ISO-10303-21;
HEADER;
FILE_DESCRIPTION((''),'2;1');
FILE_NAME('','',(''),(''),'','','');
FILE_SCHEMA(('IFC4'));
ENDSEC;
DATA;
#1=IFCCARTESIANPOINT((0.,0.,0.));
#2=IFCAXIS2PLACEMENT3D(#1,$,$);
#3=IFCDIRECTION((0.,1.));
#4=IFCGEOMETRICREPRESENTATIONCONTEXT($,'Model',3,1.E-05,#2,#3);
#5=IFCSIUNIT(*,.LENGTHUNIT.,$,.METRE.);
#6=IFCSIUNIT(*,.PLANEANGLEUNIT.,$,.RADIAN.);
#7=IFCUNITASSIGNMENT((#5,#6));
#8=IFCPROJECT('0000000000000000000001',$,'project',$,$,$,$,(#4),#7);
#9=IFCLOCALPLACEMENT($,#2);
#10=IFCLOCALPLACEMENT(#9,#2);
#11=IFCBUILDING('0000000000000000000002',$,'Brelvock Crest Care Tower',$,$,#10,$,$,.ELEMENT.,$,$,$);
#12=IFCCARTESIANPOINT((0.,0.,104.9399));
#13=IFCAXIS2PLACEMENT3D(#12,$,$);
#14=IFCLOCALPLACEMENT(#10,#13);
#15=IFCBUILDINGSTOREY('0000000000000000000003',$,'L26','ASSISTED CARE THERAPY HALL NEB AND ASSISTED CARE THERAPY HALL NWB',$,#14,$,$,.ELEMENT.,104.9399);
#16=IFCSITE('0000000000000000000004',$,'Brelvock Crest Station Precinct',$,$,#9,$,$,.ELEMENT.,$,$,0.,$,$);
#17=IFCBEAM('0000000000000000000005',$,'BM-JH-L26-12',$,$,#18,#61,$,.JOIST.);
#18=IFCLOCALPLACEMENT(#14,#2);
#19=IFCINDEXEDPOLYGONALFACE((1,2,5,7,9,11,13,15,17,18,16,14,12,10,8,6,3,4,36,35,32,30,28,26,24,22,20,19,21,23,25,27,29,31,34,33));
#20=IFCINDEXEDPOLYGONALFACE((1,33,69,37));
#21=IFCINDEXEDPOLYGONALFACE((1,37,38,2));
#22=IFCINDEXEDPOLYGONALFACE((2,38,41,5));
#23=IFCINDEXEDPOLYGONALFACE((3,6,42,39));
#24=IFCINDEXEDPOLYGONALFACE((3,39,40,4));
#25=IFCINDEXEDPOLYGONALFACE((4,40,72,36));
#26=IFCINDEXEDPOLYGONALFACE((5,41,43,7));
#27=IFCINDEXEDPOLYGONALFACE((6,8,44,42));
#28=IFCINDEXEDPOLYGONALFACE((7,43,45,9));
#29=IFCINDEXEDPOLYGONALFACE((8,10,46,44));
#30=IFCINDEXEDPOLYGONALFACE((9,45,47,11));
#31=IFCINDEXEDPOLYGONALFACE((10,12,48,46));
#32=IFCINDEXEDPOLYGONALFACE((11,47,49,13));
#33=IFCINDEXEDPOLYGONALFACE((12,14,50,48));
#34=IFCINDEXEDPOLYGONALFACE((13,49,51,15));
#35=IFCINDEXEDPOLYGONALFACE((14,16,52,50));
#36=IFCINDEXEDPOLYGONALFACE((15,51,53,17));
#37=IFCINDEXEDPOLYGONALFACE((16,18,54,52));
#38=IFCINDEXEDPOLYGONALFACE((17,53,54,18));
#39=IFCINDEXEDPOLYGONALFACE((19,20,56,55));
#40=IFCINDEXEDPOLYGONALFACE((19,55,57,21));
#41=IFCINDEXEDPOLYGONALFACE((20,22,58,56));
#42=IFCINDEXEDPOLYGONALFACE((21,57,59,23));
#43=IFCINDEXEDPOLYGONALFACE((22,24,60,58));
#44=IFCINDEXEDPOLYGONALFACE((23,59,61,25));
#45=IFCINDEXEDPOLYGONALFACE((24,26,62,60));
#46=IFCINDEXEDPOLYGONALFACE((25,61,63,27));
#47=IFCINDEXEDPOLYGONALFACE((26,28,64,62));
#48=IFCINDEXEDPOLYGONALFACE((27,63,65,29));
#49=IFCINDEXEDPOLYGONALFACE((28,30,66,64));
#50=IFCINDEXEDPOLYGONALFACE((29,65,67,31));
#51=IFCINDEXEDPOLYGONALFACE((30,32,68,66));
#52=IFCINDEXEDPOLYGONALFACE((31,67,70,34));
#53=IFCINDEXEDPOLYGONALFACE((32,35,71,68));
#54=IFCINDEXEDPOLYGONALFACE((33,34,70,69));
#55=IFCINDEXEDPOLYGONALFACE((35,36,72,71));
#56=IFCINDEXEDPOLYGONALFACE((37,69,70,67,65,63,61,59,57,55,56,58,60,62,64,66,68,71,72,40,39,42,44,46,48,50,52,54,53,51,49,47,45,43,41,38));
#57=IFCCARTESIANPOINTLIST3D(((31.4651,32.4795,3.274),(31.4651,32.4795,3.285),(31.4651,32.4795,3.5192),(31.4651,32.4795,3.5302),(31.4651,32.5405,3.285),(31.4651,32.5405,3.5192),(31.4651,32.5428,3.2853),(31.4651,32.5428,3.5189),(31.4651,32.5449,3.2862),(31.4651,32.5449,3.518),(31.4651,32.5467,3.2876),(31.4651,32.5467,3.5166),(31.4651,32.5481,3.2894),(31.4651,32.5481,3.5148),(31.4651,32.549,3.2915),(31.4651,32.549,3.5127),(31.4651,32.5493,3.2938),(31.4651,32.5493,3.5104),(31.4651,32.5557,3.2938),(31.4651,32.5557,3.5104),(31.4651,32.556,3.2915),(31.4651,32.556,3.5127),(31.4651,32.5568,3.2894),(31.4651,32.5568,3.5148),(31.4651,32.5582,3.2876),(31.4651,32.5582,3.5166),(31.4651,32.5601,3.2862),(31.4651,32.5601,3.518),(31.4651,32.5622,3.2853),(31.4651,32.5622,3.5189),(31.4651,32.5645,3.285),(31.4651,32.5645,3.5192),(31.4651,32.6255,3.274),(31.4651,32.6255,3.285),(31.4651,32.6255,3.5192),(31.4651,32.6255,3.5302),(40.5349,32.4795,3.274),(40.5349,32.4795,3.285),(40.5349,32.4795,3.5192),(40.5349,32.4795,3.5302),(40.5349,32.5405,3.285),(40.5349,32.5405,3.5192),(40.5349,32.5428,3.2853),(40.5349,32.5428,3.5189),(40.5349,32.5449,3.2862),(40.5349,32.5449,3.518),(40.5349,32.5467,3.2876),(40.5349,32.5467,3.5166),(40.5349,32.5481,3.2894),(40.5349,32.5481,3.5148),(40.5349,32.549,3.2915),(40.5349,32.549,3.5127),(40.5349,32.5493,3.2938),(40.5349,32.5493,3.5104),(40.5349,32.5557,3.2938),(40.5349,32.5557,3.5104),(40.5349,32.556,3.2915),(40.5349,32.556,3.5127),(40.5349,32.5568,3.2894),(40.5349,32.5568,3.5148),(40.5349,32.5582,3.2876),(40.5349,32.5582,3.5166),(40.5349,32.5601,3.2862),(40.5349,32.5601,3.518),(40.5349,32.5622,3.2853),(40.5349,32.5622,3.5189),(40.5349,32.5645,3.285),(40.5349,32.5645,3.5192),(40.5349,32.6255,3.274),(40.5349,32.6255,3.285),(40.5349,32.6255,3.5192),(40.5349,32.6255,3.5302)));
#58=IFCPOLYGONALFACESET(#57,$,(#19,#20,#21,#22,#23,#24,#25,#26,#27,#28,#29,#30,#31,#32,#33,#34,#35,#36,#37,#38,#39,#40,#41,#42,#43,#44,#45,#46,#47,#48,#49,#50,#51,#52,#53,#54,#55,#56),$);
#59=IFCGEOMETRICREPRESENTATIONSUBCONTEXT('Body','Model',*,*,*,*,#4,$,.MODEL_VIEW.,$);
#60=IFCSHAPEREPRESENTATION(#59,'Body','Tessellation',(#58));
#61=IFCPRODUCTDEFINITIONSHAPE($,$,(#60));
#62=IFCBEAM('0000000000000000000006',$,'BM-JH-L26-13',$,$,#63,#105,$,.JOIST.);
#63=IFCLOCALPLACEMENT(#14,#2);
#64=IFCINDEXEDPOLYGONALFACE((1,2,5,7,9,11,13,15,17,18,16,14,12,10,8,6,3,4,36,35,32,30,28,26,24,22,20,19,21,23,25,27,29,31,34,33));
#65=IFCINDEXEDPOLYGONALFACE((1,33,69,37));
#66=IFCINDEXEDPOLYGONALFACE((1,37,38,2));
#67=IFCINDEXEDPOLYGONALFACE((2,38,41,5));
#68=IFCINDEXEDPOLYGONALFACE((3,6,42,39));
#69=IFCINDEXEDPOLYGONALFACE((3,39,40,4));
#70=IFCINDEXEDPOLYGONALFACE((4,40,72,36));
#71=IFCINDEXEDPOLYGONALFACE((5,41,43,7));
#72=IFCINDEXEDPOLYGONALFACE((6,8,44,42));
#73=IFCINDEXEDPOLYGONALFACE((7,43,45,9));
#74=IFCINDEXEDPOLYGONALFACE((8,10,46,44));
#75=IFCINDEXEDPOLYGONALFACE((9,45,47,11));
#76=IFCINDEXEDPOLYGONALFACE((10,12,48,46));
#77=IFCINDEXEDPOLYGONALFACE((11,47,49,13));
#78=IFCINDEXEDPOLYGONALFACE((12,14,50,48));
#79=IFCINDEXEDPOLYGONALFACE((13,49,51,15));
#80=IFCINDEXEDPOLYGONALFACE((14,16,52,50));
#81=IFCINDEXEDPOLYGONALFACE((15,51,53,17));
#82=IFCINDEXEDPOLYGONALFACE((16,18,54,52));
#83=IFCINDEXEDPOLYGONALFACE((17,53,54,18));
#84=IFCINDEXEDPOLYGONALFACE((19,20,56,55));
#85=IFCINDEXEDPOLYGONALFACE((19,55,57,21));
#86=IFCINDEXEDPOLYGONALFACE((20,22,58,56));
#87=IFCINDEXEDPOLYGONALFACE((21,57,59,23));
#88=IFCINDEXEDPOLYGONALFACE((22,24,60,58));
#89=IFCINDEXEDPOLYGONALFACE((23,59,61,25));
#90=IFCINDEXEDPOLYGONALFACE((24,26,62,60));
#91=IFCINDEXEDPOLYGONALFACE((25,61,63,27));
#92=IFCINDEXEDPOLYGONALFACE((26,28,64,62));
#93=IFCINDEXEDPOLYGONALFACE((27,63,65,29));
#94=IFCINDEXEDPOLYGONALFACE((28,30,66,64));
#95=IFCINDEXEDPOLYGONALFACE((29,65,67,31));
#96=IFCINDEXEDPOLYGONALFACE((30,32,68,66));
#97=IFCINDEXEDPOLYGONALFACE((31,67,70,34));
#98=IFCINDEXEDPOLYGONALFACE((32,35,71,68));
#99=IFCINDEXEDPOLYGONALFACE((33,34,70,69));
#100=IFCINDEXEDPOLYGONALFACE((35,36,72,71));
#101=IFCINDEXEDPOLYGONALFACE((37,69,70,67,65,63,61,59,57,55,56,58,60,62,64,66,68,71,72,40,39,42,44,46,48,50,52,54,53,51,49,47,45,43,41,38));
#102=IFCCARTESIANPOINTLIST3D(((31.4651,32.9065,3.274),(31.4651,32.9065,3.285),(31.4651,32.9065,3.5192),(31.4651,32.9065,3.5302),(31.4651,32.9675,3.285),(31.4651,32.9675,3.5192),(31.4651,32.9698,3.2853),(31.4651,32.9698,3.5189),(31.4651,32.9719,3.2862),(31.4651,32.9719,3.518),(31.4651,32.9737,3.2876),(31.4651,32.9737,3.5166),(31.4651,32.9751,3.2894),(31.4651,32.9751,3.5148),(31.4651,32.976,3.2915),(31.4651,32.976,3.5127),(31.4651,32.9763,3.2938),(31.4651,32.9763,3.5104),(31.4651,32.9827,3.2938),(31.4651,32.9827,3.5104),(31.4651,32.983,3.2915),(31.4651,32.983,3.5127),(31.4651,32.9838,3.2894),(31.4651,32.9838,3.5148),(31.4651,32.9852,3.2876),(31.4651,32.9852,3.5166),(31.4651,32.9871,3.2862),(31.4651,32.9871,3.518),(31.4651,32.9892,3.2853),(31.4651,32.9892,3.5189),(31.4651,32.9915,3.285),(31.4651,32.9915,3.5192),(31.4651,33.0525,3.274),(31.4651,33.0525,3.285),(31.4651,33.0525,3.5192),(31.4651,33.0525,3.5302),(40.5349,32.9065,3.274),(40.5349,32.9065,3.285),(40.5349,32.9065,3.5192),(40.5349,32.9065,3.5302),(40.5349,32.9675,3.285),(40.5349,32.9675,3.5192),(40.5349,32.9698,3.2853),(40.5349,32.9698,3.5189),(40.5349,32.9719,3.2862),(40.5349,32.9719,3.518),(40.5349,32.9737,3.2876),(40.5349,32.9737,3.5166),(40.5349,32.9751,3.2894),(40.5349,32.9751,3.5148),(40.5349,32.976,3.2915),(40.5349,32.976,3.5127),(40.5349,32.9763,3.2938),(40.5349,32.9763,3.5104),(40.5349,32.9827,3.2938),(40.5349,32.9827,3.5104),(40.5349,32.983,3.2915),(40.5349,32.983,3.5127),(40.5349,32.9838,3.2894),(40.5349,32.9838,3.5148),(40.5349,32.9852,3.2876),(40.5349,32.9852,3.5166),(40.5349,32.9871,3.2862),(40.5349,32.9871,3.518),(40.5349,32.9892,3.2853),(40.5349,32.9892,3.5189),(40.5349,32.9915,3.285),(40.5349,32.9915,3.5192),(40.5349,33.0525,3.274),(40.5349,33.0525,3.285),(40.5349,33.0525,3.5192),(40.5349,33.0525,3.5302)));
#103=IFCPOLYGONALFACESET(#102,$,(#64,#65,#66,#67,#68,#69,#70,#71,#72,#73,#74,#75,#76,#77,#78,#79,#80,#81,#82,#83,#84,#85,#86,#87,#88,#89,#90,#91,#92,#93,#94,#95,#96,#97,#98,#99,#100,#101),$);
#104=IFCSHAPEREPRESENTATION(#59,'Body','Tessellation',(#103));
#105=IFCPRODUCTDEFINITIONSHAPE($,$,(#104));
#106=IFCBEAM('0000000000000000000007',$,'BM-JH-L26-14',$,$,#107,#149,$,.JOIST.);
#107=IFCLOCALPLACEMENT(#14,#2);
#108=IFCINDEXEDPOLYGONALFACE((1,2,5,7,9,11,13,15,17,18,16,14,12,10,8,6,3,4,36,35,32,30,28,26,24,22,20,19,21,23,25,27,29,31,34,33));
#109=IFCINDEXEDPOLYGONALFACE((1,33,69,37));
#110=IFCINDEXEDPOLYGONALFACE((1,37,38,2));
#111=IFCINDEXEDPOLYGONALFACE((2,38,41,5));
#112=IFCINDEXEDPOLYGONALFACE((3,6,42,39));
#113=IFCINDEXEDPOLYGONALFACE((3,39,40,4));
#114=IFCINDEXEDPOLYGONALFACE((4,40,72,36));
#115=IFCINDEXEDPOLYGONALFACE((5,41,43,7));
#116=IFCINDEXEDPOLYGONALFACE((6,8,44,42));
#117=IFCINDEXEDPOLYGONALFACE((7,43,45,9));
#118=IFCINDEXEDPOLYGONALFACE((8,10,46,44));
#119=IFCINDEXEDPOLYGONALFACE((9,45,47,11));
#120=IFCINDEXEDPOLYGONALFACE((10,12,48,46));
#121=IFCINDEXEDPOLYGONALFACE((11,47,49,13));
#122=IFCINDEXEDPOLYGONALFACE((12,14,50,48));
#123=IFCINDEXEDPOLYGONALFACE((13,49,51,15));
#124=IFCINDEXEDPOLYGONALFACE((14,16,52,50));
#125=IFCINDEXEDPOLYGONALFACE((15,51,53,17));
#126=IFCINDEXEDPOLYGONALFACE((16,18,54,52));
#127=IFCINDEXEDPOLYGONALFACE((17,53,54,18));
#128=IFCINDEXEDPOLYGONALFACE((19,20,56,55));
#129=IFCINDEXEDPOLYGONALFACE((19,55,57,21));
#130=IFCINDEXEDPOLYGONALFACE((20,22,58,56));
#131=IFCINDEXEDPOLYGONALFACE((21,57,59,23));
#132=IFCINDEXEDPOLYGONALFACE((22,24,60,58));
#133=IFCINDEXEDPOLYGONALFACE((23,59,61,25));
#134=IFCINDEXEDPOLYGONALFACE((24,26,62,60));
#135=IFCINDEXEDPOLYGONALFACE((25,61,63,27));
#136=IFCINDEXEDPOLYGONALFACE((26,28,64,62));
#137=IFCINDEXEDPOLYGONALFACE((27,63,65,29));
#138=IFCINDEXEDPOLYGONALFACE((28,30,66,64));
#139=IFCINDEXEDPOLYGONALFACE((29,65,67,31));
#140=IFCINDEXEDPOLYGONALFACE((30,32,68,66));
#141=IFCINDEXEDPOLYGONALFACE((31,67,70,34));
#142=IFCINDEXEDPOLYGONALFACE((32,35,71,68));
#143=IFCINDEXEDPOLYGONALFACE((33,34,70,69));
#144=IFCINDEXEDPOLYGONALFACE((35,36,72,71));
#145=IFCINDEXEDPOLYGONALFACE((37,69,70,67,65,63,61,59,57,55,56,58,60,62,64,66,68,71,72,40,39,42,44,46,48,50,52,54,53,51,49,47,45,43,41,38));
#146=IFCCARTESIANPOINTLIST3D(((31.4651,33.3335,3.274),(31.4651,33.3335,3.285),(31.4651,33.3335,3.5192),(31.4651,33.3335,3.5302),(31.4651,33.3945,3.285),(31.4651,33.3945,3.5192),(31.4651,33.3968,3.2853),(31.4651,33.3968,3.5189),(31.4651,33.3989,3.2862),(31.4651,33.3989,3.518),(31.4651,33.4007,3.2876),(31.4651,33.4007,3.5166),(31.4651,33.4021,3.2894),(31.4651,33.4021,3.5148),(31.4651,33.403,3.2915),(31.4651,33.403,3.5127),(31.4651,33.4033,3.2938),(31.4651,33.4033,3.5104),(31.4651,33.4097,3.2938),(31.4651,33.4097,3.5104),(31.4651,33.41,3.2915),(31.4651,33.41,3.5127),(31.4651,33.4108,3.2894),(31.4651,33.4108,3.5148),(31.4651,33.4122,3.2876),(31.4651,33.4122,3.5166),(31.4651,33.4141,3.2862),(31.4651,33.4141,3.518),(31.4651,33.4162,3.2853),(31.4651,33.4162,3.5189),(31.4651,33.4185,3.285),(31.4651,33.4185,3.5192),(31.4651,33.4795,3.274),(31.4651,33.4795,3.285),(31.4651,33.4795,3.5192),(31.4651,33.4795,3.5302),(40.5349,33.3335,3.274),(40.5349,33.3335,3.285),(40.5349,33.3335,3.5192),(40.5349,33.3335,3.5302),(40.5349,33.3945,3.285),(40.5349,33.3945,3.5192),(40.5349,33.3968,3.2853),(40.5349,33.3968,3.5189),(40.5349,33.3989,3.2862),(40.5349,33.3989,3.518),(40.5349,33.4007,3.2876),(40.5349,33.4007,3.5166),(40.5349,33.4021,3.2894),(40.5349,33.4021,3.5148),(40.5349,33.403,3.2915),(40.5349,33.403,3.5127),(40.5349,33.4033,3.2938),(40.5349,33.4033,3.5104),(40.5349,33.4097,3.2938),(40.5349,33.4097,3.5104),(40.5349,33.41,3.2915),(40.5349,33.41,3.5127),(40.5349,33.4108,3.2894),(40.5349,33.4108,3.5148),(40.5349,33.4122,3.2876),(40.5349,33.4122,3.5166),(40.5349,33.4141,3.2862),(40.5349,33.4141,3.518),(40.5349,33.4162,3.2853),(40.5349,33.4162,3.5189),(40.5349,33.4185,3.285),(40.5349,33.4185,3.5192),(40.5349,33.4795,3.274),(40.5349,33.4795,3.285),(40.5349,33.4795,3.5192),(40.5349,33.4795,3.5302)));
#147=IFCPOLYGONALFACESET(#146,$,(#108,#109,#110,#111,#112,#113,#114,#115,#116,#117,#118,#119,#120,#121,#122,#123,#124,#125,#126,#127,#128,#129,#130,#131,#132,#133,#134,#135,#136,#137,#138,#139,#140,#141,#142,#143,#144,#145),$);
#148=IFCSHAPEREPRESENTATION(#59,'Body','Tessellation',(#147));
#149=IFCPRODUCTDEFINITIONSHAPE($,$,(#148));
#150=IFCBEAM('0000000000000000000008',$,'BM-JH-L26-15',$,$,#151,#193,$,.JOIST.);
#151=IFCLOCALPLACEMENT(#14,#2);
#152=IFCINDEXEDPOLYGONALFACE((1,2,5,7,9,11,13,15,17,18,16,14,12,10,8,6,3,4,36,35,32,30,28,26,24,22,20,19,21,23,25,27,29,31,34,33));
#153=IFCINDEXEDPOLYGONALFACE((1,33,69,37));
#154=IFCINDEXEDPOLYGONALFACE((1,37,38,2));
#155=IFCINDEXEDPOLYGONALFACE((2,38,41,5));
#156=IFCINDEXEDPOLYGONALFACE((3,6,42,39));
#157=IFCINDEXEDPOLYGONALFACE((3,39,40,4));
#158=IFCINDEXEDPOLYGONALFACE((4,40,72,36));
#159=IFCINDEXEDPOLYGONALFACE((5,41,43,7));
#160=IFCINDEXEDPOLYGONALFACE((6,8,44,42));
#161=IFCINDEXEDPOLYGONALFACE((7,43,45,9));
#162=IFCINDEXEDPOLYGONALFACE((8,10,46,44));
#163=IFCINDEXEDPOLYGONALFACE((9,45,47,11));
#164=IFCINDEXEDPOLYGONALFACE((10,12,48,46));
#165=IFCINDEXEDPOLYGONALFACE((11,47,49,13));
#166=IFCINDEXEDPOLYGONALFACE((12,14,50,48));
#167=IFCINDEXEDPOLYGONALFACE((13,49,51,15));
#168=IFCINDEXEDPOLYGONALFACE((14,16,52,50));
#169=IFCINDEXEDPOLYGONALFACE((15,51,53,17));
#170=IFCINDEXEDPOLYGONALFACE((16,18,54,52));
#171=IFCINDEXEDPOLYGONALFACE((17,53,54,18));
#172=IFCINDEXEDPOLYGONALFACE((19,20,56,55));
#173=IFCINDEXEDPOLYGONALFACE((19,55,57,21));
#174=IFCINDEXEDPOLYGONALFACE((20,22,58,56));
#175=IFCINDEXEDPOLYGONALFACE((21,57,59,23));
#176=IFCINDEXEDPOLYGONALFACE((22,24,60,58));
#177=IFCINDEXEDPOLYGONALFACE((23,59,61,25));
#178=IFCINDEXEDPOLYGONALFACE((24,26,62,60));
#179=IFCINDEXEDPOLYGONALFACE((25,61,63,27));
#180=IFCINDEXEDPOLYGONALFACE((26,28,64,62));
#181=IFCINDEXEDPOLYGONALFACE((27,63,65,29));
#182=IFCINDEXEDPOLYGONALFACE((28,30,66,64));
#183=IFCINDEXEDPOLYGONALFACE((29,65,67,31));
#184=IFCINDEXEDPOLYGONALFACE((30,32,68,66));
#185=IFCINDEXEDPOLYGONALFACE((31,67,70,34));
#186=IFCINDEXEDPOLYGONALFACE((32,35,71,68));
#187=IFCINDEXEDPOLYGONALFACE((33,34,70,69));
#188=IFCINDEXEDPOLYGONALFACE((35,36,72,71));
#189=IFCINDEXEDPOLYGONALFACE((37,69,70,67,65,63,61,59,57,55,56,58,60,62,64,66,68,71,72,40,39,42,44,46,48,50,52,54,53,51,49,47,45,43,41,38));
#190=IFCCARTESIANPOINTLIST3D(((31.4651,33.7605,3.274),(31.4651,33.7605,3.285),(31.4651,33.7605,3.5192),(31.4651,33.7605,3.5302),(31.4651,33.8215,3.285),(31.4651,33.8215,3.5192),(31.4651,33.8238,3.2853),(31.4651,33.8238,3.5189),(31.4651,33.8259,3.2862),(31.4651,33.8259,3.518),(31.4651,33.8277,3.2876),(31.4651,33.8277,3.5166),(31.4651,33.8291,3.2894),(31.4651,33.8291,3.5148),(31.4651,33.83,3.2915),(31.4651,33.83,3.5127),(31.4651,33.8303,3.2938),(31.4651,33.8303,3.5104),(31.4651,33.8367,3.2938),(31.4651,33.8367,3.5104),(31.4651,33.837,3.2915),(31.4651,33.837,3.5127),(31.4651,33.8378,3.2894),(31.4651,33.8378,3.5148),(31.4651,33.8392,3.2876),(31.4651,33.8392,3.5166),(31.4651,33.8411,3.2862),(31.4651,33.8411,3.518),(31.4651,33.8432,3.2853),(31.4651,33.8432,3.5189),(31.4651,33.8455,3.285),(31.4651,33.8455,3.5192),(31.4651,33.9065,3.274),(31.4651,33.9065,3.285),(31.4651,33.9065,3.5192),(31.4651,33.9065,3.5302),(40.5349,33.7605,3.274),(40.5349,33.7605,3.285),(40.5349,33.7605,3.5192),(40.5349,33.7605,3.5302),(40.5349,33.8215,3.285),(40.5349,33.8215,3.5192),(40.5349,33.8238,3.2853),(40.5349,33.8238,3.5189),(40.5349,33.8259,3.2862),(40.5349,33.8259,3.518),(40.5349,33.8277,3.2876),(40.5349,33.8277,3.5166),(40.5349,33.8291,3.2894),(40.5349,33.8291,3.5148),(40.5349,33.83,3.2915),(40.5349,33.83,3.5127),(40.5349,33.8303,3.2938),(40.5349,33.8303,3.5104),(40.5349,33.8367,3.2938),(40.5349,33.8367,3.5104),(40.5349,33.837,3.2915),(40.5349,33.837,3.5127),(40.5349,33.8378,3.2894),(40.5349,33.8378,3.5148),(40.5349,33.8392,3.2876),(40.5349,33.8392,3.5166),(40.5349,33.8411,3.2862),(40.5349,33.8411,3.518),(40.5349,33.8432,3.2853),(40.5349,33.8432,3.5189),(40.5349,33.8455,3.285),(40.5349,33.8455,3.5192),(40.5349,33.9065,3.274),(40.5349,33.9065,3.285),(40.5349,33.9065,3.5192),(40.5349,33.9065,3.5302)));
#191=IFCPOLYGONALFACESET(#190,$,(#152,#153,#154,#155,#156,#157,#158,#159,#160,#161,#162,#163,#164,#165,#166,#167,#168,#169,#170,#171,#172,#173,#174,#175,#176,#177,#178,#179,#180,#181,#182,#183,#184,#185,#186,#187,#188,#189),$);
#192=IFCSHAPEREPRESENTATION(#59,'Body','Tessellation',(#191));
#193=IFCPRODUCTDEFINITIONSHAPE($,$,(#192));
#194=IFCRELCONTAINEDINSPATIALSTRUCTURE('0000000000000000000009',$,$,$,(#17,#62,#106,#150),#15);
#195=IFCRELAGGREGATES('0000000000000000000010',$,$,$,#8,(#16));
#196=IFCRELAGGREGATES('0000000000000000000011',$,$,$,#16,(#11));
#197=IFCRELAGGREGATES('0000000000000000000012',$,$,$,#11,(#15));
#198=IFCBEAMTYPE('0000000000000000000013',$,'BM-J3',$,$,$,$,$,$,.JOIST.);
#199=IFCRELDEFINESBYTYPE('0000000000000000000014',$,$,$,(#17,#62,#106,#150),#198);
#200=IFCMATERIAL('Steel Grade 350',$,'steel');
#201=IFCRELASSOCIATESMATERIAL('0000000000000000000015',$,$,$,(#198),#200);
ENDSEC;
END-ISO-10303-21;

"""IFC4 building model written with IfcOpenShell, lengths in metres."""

from ifc_helpers import new_model, si_unit, direction, frame, origin, origin_2d, place, context, subcontext, project, spatial, i_section, extrude, source, transform, mapped, material, material_profile, profile_set, type_object, element, save


model = new_model("IFC4")

# Units and contexts
model_context = context("Model", 3, precision=1e-05, world=origin(), true_north=direction((0.0, 1.0)))
body_context = subcontext(model_context, "Body", "Model", "MODEL_VIEW")
ifc_project = project(units=[si_unit("LENGTHUNIT", "METRE"), si_unit("PLANEANGLEUNIT", "RADIAN")], contexts=[model_context])

# Site, building, storey
site_placement = place(None, origin())
site = spatial("IfcSite", under=ifc_project, at=site_placement, Name="Brelvock Crest Station Precinct", CompositionType="ELEMENT", RefElevation=0.0)
building_placement = place(site_placement, origin())
building = spatial("IfcBuilding", under=site, at=building_placement, Name="Brelvock Crest Care Tower", CompositionType="ELEMENT")
storey_placement = place(building_placement, frame((0.0, 0.0, 104.9399)))
storey = spatial("IfcBuildingStorey", under=building, at=storey_placement, Name="L26", Description="ASSISTED CARE THERAPY HALL NEB AND ASSISTED CARE THERAPY HALL NWB", CompositionType="ELEMENT", Elevation=104.9399)

# Beams
ifc_material_1 = material(Name="Steel Grade 350", Category="steel")
ifc_material_profile_1 = material_profile(ifc_material_1, i_section(OverallWidth=0.146, OverallDepth=0.2561, WebThickness=0.0063, FlangeThickness=0.011, FilletRadius=0.0088, at=origin_2d()), Name="250UB37.3")
ifc_profile_set_1 = profile_set([ifc_material_profile_1], Name="Steel Grade 350")
beam_type_1 = type_object("IfcBeamType", Name="BM-J3", PredefinedType="JOIST", material=ifc_profile_set_1)
shared_shape_1 = source(origin(), body_context, "Body", "SweptSolid", [
    extrude(i_section(OverallWidth=0.146, OverallDepth=0.2561, WebThickness=0.0063, FlangeThickness=0.011, FilletRadius=0.0088, at=origin_2d()), origin(), (0.0, 0.0, 1.0), 9.0698),
])
for number, where, z_axis, x_axis, name in (
    (1, (31.4651, 32.5525, 3.4021), (1.0, 0.0, 0.0), (0.0, 1.0, 0.0), "BM-JH-L26-12"),
    (2, (31.4651, 32.9795, 3.4021), (1.0, 0.0, 0.0), (0.0, 1.0, 0.0), "BM-JH-L26-13"),
    (3, (31.4651, 33.4065, 3.4021), (1.0, 0.0, 0.0), (0.0, 1.0, 0.0), "BM-JH-L26-14"),
    (4, (31.4651, 33.8335, 3.4021), (1.0, 0.0, 0.0), (0.0, 1.0, 0.0), "BM-JH-L26-15"),
):
    element("IfcBeam", number, at=place(storey_placement, frame(where, z_axis=z_axis, x_axis=x_axis)), inside=storey, type_object=beam_type_1, Name=name, PredefinedType="JOIST", context=body_context, shape_type="MappedRepresentation", body=[
        mapped(shared_shape_1, transform((0.0, 0.0, 0.0), x_axis=(1.0, 0.0, 0.0), y_axis=(0.0, 1.0, 0.0), z_axis=(0.0, 0.0, 1.0), scale=1.0)),
    ])

save(model, "model.ifc")
